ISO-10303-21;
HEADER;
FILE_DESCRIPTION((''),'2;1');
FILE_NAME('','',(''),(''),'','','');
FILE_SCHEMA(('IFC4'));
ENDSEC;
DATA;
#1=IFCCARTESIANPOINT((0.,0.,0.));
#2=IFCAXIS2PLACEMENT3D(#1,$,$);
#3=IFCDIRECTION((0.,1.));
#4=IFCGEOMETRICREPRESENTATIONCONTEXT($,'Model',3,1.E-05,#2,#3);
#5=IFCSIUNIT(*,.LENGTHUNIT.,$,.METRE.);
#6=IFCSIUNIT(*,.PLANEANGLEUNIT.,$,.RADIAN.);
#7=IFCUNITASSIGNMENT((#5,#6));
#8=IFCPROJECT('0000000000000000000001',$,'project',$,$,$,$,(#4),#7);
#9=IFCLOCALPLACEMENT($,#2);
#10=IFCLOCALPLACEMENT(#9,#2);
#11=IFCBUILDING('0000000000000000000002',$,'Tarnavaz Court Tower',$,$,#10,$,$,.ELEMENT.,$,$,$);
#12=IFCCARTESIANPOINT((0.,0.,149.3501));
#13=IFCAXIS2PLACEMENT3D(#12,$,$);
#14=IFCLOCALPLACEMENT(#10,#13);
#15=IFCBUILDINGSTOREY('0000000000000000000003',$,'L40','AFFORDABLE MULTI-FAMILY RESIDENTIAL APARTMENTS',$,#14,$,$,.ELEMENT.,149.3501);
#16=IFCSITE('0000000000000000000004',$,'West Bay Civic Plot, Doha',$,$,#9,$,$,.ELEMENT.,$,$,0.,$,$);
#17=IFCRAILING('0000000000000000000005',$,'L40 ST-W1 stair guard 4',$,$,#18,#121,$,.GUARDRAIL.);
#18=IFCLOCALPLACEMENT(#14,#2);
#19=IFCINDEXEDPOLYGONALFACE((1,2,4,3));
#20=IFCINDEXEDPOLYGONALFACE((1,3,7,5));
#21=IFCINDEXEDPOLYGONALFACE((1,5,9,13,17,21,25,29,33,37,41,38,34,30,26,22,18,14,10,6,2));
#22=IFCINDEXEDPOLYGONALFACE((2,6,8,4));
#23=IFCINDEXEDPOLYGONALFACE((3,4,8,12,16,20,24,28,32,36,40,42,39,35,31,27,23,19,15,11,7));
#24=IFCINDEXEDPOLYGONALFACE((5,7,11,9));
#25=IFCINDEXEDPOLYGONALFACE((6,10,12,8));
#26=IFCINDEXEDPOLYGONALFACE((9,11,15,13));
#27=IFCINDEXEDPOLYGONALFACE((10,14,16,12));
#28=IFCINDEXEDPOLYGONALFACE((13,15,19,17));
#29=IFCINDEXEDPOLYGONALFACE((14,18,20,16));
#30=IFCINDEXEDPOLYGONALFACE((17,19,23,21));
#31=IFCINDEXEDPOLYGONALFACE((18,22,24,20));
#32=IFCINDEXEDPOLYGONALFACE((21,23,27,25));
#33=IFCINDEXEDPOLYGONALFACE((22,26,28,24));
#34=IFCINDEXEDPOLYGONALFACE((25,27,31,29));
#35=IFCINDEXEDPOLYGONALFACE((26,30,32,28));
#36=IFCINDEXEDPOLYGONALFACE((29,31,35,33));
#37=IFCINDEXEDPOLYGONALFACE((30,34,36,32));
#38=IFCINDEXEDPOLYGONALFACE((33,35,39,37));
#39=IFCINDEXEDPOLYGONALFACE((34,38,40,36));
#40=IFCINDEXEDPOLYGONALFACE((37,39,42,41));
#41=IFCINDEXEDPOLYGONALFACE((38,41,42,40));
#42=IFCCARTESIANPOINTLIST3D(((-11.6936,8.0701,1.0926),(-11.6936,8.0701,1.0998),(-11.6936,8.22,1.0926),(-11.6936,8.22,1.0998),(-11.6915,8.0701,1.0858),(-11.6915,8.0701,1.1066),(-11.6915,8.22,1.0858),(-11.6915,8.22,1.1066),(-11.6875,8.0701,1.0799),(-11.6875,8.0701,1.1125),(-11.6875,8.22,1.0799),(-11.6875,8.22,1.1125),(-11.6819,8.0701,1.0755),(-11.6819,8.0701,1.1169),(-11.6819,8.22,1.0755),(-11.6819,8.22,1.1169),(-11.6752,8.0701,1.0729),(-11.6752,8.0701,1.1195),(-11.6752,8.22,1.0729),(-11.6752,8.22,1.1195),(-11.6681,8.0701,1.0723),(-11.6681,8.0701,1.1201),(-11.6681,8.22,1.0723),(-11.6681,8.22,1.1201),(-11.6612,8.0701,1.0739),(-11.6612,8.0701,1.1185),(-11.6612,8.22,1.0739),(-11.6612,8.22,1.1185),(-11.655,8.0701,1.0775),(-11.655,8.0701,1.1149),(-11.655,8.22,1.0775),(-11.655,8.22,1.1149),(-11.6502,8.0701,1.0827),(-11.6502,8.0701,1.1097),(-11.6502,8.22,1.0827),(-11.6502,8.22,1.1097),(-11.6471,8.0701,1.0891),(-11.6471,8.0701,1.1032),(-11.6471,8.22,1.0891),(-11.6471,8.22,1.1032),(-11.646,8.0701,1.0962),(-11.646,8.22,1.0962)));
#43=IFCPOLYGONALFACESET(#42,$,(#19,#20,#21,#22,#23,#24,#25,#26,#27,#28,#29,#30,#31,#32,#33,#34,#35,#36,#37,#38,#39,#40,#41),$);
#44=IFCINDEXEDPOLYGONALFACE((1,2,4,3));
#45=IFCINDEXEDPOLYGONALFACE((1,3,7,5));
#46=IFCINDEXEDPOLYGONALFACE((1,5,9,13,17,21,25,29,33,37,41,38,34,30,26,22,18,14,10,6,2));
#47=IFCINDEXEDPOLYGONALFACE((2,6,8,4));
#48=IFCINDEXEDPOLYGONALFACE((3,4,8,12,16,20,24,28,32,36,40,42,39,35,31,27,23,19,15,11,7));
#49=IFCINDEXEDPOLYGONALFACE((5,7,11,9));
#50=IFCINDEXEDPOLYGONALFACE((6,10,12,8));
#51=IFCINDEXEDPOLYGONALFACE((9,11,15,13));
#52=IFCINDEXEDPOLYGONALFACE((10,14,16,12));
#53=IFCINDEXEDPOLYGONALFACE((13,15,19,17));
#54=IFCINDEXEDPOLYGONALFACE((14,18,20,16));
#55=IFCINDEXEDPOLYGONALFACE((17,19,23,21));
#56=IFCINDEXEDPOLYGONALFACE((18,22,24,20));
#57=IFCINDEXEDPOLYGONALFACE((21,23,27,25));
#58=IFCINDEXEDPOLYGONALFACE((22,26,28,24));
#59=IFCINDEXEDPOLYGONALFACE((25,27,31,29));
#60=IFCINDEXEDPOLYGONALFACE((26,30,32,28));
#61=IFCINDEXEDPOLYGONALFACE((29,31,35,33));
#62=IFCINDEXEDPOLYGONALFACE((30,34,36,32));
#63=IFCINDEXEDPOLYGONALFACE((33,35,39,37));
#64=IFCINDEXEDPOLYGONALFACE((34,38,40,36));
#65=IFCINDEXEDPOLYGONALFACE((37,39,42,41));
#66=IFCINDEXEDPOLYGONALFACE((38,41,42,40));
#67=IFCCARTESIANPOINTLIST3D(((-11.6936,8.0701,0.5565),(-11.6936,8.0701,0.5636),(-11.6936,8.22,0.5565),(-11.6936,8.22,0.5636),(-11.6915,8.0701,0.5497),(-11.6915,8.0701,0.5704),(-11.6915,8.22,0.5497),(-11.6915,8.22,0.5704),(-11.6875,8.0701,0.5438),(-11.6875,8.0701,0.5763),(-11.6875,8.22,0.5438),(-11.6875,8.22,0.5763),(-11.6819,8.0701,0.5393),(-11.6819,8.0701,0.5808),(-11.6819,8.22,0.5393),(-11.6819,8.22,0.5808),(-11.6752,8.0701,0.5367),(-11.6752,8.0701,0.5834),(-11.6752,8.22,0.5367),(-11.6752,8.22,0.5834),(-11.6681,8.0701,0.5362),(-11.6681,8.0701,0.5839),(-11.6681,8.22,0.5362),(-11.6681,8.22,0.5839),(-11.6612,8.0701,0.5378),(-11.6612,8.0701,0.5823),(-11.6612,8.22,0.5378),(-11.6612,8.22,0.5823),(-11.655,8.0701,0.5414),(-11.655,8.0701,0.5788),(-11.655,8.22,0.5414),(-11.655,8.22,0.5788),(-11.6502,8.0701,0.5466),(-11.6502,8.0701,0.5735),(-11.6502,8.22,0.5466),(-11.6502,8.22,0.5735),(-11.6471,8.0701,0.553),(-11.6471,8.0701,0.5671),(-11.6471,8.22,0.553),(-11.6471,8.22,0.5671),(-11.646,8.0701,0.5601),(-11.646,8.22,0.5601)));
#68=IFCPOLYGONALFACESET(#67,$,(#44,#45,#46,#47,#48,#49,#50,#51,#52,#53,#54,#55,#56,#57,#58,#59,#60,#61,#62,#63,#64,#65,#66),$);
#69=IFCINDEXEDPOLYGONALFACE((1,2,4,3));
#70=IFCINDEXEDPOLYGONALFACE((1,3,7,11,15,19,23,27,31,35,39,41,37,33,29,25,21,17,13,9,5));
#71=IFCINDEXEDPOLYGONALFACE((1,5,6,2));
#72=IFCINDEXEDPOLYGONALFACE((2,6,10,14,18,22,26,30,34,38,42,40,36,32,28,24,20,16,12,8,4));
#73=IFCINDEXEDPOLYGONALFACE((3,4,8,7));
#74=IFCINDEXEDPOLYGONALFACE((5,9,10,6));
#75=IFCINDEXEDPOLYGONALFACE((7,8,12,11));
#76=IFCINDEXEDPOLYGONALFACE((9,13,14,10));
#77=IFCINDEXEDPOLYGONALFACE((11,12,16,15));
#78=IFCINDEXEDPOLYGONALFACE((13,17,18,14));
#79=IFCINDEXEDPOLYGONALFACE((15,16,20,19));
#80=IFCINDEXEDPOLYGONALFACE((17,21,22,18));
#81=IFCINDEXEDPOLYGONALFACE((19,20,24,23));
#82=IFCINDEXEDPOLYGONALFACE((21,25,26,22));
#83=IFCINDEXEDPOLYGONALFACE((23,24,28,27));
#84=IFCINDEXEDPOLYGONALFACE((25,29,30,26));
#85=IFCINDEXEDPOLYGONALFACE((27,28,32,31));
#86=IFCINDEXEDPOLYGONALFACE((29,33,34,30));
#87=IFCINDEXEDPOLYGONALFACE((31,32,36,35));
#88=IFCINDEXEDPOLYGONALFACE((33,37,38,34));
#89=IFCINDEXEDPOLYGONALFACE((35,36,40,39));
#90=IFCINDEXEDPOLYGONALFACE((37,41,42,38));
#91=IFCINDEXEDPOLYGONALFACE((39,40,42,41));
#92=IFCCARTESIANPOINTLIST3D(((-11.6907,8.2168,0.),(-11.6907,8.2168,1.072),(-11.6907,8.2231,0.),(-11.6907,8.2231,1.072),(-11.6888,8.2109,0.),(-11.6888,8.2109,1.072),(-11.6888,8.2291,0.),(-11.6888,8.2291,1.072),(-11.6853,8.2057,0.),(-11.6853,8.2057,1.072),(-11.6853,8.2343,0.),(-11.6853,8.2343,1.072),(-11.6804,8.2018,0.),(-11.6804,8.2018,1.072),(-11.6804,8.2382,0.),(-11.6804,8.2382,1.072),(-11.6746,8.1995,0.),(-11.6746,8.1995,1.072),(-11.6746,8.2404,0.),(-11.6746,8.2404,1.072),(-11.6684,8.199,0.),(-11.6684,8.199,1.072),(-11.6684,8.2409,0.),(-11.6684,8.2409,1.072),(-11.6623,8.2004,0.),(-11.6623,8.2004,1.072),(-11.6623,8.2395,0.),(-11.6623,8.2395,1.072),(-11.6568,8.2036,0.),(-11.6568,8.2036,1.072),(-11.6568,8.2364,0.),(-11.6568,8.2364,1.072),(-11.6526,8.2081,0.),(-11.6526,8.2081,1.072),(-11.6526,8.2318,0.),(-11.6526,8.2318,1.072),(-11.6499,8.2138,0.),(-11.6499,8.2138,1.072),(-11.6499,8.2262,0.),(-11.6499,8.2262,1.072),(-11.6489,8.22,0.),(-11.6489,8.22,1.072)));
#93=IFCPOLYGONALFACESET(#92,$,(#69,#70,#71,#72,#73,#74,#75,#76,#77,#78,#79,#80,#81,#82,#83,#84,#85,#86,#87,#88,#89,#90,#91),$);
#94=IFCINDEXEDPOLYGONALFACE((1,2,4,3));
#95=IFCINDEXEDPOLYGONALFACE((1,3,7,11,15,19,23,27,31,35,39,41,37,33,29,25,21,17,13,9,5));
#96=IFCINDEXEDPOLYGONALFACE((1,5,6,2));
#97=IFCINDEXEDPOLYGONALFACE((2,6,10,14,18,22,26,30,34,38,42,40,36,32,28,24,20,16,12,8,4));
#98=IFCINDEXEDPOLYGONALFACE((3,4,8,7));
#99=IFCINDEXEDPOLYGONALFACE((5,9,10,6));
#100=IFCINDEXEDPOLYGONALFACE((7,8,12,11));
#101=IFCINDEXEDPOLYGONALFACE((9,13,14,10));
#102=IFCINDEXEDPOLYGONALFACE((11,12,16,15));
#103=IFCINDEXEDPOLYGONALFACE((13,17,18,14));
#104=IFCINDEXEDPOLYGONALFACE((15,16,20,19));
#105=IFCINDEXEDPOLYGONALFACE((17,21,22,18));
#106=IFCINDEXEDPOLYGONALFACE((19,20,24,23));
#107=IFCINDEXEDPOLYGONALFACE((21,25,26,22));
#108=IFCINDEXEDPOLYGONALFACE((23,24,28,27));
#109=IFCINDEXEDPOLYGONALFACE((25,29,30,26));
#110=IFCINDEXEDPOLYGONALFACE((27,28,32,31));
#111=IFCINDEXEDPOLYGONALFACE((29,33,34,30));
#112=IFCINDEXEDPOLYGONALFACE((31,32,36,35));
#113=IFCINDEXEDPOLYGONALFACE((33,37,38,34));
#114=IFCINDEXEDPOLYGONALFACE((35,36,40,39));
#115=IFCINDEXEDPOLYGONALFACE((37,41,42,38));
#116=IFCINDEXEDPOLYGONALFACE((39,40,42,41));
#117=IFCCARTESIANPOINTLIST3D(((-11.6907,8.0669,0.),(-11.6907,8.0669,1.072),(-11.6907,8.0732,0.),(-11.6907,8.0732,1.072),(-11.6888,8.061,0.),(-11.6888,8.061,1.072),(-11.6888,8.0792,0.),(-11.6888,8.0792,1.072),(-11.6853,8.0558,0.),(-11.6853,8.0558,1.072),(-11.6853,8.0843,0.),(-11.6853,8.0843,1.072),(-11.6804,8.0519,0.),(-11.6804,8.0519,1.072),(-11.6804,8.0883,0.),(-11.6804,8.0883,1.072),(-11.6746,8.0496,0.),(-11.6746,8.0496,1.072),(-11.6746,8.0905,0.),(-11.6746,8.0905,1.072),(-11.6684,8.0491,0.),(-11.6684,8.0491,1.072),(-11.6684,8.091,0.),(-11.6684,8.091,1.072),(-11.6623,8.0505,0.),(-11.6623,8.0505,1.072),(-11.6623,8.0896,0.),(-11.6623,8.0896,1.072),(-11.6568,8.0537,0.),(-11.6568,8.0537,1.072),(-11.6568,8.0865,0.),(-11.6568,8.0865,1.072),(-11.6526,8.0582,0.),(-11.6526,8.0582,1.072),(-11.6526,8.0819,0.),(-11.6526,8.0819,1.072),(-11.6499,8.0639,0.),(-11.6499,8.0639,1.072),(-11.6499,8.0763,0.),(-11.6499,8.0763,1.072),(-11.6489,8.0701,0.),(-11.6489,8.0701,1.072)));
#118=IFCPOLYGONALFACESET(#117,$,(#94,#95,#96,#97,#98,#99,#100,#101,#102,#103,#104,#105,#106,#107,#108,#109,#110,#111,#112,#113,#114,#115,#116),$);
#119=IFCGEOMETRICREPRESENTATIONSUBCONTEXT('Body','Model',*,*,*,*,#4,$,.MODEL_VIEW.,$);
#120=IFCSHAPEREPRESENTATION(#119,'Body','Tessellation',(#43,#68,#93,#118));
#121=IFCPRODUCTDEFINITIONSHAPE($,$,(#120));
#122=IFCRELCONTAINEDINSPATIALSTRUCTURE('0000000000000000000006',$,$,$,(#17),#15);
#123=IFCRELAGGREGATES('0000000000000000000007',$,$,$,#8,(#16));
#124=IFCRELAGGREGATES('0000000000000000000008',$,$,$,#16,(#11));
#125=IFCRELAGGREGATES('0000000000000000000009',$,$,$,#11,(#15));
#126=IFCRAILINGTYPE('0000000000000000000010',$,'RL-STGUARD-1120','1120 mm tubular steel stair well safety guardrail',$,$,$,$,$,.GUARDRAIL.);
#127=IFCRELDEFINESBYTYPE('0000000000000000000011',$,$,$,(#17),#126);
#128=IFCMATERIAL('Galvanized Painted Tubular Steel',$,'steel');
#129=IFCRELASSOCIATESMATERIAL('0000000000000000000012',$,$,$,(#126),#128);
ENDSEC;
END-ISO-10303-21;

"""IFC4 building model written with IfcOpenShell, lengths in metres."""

from ifc_helpers import new_model, si_unit, direction, frame, origin, origin_2d, place, context, subcontext, project, spatial, circle, extrude, material, type_object, element, save


model = new_model("IFC4")

# Units and contexts
model_context = context("Model", 3, precision=1e-05, world=origin(), true_north=direction((0.0, 1.0)))
body_context = subcontext(model_context, "Body", "Model", "MODEL_VIEW")
ifc_project = project(units=[si_unit("LENGTHUNIT", "METRE"), si_unit("PLANEANGLEUNIT", "RADIAN")], contexts=[model_context])

# Site, building, storey
site_placement = place(None, origin())
site = spatial("IfcSite", under=ifc_project, at=site_placement, Name="West Bay Civic Plot, Doha", CompositionType="ELEMENT", RefElevation=0.0)
building_placement = place(site_placement, origin())
building = spatial("IfcBuilding", under=site, at=building_placement, Name="Tarnavaz Court Tower", CompositionType="ELEMENT")
storey_placement = place(building_placement, frame((0.0, 0.0, 149.3501)))
storey = spatial("IfcBuildingStorey", under=building, at=storey_placement, Name="L40", Description="AFFORDABLE MULTI-FAMILY RESIDENTIAL APARTMENTS", CompositionType="ELEMENT", Elevation=149.3501)

# Railing
ifc_material_1 = material(Name="Galvanized Painted Tubular Steel", Category="steel")
railing_type_1 = type_object("IfcRailingType", Name="RL-STGUARD-1120", Description="1120 mm tubular steel stair well safety guardrail", PredefinedType="GUARDRAIL", material=ifc_material_1)
railing_1_placement = place(storey_placement, frame((-11.6699, 8.22, 0.0)))
element("IfcRailing", 1, at=railing_1_placement, inside=storey, type_object=railing_type_1, Name="L40 ST-W1 stair guard 4", PredefinedType="GUARDRAIL", context=body_context, shape_type="SweptSolid", body=[
    extrude(circle(Radius=0.0239, at=origin_2d()), frame((0.0, 0.0, 1.0962), z_axis=(0.0, -1.0, 0.0), x_axis=(1.0, 0.0, 0.0)), (0.0, 0.0, 1.0), 0.1499),
    extrude(circle(Radius=0.0239, at=origin_2d()), frame((0.0, 0.0, 0.5601), z_axis=(0.0, -1.0, 0.0), x_axis=(1.0, 0.0, 0.0)), (0.0, 0.0, 1.0), 0.1499),
    extrude(circle(Radius=0.021, at=origin_2d()), origin(), (0.0, 0.0, 1.0), 1.072),
    extrude(circle(Radius=0.021, at=origin_2d()), frame((0.0, -0.1499, 0.0)), (0.0, 0.0, 1.0), 1.072),
])

save(model, "model.ifc")
